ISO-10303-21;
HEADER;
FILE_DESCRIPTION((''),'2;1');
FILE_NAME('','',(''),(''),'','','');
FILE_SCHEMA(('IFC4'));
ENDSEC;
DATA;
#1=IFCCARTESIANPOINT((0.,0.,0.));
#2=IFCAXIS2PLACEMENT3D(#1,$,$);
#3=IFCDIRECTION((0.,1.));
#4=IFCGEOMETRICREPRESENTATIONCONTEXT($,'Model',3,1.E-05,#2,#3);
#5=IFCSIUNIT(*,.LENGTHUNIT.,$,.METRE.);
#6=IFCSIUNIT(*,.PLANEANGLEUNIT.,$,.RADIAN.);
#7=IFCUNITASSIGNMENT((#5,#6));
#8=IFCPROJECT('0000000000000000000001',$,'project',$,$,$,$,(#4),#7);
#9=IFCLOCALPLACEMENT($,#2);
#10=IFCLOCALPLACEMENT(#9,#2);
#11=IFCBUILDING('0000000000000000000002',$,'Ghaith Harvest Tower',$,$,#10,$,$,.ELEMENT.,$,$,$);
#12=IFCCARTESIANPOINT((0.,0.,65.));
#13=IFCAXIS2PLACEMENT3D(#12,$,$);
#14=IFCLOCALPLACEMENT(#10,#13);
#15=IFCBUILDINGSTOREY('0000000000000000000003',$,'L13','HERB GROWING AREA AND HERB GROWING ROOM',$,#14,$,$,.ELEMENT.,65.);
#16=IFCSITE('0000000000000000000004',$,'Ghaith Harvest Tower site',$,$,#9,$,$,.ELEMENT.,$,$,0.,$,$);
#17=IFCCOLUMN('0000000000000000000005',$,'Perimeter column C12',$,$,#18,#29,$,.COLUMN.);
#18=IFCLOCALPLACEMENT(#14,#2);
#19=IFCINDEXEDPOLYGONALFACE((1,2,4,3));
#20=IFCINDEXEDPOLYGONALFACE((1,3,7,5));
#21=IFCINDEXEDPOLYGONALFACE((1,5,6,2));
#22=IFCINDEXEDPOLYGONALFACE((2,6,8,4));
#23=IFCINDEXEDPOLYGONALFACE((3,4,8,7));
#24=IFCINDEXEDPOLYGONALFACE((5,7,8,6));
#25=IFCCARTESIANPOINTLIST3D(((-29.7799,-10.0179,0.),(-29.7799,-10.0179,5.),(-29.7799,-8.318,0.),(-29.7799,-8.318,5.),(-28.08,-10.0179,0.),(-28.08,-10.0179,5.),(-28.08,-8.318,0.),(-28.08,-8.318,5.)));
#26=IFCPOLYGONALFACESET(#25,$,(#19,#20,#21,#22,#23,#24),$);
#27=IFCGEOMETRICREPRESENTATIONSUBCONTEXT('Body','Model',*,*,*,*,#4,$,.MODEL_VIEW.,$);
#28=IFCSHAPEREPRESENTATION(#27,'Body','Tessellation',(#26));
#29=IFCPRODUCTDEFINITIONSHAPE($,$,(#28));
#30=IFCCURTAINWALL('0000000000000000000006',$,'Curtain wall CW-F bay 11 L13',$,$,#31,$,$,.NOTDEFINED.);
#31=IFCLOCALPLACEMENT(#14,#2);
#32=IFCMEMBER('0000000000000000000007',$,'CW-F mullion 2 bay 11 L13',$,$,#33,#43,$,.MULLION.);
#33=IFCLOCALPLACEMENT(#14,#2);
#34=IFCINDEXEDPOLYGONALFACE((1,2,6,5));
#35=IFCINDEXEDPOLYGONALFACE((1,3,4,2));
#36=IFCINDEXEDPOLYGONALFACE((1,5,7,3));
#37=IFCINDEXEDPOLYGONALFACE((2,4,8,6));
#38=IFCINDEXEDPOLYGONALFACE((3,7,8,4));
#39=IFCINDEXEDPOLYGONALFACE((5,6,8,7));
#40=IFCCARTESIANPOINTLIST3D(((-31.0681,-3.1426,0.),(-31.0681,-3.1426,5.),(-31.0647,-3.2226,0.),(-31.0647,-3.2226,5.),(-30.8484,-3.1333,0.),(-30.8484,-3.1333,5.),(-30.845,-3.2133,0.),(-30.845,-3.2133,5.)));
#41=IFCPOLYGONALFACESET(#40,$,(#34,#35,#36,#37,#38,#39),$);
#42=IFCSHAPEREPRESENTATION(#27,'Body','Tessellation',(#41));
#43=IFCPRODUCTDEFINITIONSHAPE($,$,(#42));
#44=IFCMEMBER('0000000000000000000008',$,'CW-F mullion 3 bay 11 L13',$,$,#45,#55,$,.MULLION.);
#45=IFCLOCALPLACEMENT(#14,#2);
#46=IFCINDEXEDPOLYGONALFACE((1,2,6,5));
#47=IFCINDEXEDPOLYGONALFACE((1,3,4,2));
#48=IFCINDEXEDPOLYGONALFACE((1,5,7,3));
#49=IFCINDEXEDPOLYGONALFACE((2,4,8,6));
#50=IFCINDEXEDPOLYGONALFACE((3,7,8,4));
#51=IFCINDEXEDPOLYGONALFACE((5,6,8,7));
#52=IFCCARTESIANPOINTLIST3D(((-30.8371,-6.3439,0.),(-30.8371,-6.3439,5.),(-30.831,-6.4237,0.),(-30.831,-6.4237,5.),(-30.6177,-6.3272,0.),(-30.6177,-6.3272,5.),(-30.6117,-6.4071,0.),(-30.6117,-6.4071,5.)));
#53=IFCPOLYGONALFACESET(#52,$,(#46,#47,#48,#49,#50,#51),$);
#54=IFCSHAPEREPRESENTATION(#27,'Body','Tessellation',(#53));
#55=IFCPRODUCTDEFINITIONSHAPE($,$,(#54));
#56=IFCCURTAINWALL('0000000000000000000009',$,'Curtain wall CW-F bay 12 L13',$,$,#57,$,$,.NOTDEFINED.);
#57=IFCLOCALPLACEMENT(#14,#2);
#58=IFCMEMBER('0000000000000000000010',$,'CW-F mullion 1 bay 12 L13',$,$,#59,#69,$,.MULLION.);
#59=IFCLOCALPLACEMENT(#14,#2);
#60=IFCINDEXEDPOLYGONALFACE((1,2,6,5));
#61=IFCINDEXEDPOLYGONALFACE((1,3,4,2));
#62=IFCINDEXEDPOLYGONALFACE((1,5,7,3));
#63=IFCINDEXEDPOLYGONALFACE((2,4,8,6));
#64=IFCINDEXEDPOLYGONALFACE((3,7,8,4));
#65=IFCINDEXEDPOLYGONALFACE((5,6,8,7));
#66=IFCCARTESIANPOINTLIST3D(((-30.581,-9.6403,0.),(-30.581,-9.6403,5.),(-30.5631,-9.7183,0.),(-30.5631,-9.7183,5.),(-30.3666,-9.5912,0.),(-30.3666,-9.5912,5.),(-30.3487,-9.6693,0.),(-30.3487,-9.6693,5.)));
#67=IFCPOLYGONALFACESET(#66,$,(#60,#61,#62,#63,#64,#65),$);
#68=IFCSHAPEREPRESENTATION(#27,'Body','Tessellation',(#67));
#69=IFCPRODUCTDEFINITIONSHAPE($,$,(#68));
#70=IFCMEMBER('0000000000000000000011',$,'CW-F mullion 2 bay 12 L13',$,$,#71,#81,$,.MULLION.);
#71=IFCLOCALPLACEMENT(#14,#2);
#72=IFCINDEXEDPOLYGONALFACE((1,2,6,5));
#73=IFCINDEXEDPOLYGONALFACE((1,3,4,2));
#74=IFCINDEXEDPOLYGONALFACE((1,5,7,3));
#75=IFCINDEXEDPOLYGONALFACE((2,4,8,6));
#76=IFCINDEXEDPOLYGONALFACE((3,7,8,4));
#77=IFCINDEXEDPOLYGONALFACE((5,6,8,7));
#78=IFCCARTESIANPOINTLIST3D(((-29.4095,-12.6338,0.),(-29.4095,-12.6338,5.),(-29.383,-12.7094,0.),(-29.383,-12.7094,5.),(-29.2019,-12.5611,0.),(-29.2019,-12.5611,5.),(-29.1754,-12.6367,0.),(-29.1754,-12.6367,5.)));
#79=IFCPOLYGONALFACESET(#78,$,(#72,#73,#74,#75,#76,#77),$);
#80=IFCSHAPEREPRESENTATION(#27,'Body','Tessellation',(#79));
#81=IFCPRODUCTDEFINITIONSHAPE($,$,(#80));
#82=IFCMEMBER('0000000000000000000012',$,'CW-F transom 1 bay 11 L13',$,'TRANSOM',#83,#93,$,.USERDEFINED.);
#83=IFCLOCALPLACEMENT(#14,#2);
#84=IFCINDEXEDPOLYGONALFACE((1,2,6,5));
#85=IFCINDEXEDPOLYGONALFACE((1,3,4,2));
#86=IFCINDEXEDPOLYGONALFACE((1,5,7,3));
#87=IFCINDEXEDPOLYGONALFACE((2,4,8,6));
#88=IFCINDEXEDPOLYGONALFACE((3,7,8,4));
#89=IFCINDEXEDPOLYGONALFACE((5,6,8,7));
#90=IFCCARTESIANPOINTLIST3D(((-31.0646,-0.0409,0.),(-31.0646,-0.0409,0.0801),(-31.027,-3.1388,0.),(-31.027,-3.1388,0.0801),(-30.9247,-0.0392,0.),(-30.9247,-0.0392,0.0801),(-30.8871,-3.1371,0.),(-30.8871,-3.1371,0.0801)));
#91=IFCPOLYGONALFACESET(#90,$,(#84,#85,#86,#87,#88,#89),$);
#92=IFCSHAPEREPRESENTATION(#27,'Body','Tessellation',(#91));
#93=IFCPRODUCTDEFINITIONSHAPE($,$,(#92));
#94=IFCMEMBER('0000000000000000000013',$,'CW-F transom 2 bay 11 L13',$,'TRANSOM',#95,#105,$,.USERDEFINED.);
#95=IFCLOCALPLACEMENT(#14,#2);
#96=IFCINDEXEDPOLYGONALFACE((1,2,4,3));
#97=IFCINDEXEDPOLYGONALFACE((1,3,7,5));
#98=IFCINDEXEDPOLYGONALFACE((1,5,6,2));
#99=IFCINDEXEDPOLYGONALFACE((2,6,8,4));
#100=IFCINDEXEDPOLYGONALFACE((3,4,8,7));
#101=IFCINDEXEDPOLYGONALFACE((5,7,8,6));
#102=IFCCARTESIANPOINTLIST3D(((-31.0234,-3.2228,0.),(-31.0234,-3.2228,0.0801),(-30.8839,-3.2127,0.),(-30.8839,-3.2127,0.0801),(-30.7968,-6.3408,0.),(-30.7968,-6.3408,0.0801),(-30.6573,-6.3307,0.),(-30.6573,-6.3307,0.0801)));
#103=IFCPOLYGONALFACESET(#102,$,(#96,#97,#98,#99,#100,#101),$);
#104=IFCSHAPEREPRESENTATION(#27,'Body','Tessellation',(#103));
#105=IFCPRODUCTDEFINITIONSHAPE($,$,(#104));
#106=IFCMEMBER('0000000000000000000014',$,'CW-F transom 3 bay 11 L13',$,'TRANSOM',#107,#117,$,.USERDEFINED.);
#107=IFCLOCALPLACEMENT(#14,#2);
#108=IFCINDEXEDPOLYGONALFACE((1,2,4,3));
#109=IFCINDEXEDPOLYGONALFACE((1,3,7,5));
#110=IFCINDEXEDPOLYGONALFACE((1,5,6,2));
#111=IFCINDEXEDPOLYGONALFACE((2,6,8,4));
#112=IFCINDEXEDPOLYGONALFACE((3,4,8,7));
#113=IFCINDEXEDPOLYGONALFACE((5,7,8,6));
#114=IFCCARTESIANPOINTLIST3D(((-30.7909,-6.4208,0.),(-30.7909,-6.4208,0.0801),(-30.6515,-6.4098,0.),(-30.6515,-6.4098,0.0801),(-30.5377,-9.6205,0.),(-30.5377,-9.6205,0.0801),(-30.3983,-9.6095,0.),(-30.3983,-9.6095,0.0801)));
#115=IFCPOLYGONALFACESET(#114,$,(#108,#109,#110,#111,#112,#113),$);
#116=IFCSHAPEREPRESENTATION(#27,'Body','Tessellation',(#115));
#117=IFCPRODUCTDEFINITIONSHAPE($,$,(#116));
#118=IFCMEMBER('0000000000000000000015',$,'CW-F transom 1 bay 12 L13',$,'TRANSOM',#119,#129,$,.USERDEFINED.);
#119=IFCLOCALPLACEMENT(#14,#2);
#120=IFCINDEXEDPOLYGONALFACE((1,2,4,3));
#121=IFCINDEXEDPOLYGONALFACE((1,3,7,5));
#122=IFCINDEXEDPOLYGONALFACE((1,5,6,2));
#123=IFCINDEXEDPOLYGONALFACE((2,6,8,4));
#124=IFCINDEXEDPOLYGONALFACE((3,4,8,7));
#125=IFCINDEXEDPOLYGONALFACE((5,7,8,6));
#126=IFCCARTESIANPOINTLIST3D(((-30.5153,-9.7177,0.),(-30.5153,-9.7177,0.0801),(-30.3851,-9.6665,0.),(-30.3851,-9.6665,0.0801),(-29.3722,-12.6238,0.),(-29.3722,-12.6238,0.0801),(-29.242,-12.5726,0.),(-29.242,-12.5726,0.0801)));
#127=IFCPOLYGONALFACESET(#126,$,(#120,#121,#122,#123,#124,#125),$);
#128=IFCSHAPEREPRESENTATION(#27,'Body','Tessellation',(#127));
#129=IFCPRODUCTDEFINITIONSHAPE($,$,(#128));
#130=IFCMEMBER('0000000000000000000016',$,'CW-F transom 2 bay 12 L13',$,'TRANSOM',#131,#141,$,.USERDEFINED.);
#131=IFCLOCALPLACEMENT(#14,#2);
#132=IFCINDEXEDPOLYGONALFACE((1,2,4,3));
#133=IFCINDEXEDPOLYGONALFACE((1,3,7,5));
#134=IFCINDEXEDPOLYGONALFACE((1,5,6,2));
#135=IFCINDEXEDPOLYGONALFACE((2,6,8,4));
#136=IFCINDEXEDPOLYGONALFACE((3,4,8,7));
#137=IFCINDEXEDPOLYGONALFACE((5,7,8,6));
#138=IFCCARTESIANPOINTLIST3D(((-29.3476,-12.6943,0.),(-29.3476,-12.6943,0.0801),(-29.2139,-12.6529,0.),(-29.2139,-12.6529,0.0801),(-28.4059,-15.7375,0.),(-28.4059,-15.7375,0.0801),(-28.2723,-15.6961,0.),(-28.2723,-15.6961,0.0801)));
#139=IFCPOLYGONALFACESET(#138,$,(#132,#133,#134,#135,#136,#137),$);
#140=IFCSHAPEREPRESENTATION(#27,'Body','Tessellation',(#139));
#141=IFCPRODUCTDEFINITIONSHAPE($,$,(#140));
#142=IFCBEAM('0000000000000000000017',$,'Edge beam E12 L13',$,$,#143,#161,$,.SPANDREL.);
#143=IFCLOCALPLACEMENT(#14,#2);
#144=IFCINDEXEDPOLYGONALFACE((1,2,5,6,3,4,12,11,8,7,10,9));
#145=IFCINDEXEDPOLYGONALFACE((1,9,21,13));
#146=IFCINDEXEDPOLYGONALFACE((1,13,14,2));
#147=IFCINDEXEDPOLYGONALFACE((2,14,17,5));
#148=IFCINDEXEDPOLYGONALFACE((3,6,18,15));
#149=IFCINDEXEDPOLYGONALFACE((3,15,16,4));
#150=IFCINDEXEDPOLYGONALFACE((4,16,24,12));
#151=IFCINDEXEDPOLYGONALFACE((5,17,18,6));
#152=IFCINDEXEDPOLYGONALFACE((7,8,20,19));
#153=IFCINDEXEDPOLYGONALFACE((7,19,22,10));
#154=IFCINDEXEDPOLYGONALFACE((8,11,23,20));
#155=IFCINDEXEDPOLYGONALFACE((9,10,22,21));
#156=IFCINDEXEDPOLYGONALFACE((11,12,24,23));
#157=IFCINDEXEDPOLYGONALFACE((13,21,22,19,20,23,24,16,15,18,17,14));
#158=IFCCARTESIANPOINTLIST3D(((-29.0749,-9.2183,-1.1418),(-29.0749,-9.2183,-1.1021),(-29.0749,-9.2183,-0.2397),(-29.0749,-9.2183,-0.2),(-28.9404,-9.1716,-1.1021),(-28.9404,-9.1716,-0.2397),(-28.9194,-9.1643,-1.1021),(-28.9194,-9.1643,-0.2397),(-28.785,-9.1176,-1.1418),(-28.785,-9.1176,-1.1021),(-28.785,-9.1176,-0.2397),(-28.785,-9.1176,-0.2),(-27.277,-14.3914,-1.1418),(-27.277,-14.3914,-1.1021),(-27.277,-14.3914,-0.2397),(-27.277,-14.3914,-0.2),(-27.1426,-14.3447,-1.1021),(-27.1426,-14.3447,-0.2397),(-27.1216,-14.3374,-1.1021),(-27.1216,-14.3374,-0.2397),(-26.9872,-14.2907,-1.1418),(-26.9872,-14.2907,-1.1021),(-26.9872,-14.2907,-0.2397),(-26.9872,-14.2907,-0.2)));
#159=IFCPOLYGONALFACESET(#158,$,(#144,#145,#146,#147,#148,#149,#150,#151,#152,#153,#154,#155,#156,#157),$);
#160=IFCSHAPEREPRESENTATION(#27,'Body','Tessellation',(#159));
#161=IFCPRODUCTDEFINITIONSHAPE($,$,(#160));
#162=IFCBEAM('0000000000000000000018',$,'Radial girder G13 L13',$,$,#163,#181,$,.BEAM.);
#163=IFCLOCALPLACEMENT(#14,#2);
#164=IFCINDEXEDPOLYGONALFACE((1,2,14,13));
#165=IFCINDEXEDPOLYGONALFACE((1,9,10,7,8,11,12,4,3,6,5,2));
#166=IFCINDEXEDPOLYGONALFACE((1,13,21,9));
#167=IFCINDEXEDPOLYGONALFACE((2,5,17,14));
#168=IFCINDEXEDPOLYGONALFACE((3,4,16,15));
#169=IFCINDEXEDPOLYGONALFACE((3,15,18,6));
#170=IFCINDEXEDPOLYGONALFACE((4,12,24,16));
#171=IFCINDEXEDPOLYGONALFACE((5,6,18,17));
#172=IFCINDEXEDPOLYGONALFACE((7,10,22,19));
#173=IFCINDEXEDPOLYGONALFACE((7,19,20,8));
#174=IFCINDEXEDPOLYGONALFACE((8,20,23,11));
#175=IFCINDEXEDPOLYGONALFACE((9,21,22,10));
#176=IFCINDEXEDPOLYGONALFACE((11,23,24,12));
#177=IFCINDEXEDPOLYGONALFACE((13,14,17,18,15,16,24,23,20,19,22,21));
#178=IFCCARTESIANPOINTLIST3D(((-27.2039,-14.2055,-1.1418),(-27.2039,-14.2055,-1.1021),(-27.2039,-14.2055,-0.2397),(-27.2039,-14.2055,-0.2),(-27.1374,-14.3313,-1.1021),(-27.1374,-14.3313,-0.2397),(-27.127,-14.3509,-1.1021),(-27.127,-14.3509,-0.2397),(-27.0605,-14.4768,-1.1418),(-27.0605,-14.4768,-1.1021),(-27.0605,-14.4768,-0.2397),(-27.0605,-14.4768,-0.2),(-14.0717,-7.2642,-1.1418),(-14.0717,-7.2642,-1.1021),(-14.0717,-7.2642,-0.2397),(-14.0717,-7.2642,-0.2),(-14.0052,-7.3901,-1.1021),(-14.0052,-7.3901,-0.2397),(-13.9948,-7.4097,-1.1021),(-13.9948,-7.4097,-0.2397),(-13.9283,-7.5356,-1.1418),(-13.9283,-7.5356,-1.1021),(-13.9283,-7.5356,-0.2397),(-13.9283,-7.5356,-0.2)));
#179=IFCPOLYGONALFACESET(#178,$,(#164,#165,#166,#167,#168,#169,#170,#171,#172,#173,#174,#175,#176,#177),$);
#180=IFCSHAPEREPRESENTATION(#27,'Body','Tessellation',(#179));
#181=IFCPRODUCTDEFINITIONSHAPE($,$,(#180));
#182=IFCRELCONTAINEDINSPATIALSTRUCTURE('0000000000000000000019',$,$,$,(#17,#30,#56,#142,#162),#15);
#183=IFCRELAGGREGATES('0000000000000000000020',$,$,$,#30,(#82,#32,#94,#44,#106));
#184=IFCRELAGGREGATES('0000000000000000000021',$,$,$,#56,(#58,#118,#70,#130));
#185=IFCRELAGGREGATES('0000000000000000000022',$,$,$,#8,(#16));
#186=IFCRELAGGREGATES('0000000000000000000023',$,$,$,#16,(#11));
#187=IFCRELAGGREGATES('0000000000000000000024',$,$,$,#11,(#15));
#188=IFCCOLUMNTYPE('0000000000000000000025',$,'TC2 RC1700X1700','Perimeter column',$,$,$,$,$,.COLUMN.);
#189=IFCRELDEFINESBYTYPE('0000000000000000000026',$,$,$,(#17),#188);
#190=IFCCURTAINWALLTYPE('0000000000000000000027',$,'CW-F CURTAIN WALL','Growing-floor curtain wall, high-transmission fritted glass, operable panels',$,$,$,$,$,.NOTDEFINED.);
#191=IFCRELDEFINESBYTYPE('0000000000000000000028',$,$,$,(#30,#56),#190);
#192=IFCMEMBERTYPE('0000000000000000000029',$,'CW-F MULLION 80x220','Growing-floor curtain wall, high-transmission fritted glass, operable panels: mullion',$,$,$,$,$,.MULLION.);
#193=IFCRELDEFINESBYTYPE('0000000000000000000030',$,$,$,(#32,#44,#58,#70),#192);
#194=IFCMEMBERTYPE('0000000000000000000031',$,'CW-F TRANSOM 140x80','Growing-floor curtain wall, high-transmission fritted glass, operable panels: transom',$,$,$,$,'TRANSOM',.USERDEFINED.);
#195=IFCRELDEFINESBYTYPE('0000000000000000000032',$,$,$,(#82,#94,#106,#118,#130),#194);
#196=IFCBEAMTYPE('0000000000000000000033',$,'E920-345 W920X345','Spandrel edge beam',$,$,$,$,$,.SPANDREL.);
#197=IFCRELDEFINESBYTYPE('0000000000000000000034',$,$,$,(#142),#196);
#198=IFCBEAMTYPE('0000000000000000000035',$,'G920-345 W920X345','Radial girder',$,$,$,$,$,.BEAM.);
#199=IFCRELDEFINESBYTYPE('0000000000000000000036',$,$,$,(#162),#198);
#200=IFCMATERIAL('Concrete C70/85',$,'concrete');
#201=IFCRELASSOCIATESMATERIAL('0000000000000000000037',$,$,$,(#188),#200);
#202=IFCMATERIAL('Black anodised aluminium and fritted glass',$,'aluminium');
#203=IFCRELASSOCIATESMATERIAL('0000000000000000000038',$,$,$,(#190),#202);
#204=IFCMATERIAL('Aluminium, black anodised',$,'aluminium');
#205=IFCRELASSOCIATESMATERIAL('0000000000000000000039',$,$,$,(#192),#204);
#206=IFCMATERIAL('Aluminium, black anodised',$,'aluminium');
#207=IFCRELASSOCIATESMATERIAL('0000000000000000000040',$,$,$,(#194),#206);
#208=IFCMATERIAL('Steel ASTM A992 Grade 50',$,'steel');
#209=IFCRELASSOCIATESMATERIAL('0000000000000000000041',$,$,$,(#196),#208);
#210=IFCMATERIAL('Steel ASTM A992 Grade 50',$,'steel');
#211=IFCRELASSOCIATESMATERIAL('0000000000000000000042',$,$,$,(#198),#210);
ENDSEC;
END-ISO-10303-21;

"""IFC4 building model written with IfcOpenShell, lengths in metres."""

from ifc_helpers import new_model, si_unit, direction, frame, origin, origin_2d, place, context, subcontext, project, spatial, rectangle, i_section, extrude, material, material_profile, profile_set, type_object, element, aggregate, save


model = new_model("IFC4")

# Units and contexts
model_context = context("Model", 3, precision=1e-05, world=origin(), true_north=direction((0.0, 1.0)))
body_context = subcontext(model_context, "Body", "Model", "MODEL_VIEW")
ifc_project = project(units=[si_unit("LENGTHUNIT", "METRE"), si_unit("PLANEANGLEUNIT", "RADIAN")], contexts=[model_context])

# Site, building, storey
site_placement = place(None, origin())
site = spatial("IfcSite", under=ifc_project, at=site_placement, Name="Ghaith Harvest Tower site", CompositionType="ELEMENT", RefElevation=0.0)
building_placement = place(site_placement, origin())
building = spatial("IfcBuilding", under=site, at=building_placement, Name="Ghaith Harvest Tower", CompositionType="ELEMENT")
storey_placement = place(building_placement, frame((0.0, 0.0, 65.0)))
storey = spatial("IfcBuildingStorey", under=building, at=storey_placement, Name="L13", Description="HERB GROWING AREA AND HERB GROWING ROOM", CompositionType="ELEMENT", Elevation=65.0)

# Column
ifc_material_1 = material(Name="Concrete C70/85", Category="concrete")
ifc_material_profile_1 = material_profile(ifc_material_1, rectangle(XDim=1.7, YDim=1.7, at=origin_2d()), Name="RC1700X1700")
ifc_profile_set_1 = profile_set([ifc_material_profile_1], Name="Concrete C70/85")
column_type = type_object("IfcColumnType", Name="TC2 RC1700X1700", Description="Perimeter column", PredefinedType="COLUMN", material=ifc_profile_set_1)
column_placement = place(storey_placement, frame((-28.9299, -9.168, 0.0), z_axis=(0.0, 0.0, 1.0), x_axis=(1.0, 0.0, 0.0)))
element("IfcColumn", 1, at=column_placement, inside=storey, type_object=column_type, Name="Perimeter column C12", PredefinedType="COLUMN", context=body_context, shape_type="SweptSolid", body=[
    extrude(rectangle(XDim=1.7, YDim=1.7, at=origin_2d()), origin(), (0.0, 0.0, 1.0), 5.0),
])

# Curtain walls, members
ifc_material_2 = material(Name="Black anodised aluminium and fritted glass", Category="aluminium")
curtain_wall_type = type_object("IfcCurtainWallType", Name="CW-F CURTAIN WALL", Description="Growing-floor curtain wall, high-transmission fritted glass, operable panels", PredefinedType="NOTDEFINED", material=ifc_material_2)
curtain_wall_1_placement = place(storey_placement, origin())
curtain_wall_1 = element("IfcCurtainWall", 2, at=curtain_wall_1_placement, inside=storey, type_object=curtain_wall_type, Name="Curtain wall CW-F bay 11 L13", PredefinedType="NOTDEFINED")
ifc_material_3 = material(Name="Aluminium, black anodised", Category="aluminium")
ifc_material_profile_2 = material_profile(ifc_material_3, rectangle(XDim=0.0801, YDim=0.22, at=origin_2d()), Name="CW-F MULLION 80x220")
ifc_profile_set_2 = profile_set([ifc_material_profile_2], Name="Aluminium, black anodised")
member_type_1 = type_object("IfcMemberType", Name="CW-F MULLION 80x220", Description="Growing-floor curtain wall, high-transmission fritted glass, operable panels: mullion", PredefinedType="MULLION", material=ifc_profile_set_2)
member_1_placement = place(storey_placement, frame((-30.9565, -3.178, 0.0), z_axis=(0.0, 0.0, 1.0), x_axis=(0.042427, -0.9991, 0.0)))
member_1 = element("IfcMember", 3, at=member_1_placement, type_object=member_type_1, Name="CW-F mullion 2 bay 11 L13", PredefinedType="MULLION", context=body_context, shape_type="SweptSolid", body=[
    extrude(rectangle(XDim=0.0801, YDim=0.22, at=origin_2d()), origin(), (0.0, 0.0, 1.0), 5.0),
])
member_2_placement = place(storey_placement, frame((-30.7244, -6.3755, 0.0), z_axis=(0.0, 0.0, 1.0), x_axis=(0.075686, -0.997132, 0.0)))
member_2 = element("IfcMember", 4, at=member_2_placement, type_object=member_type_1, Name="CW-F mullion 3 bay 11 L13", PredefinedType="MULLION", context=body_context, shape_type="SweptSolid", body=[
    extrude(rectangle(XDim=0.0801, YDim=0.22, at=origin_2d()), origin(), (0.0, 0.0, 1.0), 5.0),
])
curtain_wall_2_placement = place(storey_placement, origin())
curtain_wall_2 = element("IfcCurtainWall", 5, at=curtain_wall_2_placement, inside=storey, type_object=curtain_wall_type, Name="Curtain wall CW-F bay 12 L13", PredefinedType="NOTDEFINED")
member_3_placement = place(storey_placement, frame((-30.4648, -9.6548, 0.0), z_axis=(0.0, 0.0, 1.0), x_axis=(0.222967, -0.974826, 0.0)))
member_3 = element("IfcMember", 6, at=member_3_placement, type_object=member_type_1, Name="CW-F mullion 1 bay 12 L13", PredefinedType="MULLION", context=body_context, shape_type="SweptSolid", body=[
    extrude(rectangle(XDim=0.0801, YDim=0.22, at=origin_2d()), origin(), (0.0, 0.0, 1.0), 5.0),
])
member_4_placement = place(storey_placement, frame((-29.2925, -12.6353, 0.0), z_axis=(0.0, 0.0, 1.0), x_axis=(0.330701, -0.943736, 0.0)))
member_4 = element("IfcMember", 7, at=member_4_placement, type_object=member_type_1, Name="CW-F mullion 2 bay 12 L13", PredefinedType="MULLION", context=body_context, shape_type="SweptSolid", body=[
    extrude(rectangle(XDim=0.0801, YDim=0.22, at=origin_2d()), origin(), (0.0, 0.0, 1.0), 5.0),
])

# Members
ifc_material_4 = material(Name="Aluminium, black anodised", Category="aluminium")
ifc_material_profile_3 = material_profile(ifc_material_4, rectangle(XDim=0.1399, YDim=0.0801, at=origin_2d()), Name="CW-F TRANSOM 140x80")
ifc_profile_set_3 = profile_set([ifc_material_profile_3], Name="Aluminium, black anodised")
member_type_2 = type_object("IfcMemberType", Name="CW-F TRANSOM 140x80", Description="Growing-floor curtain wall, high-transmission fritted glass, operable panels: transom", ElementType="TRANSOM", PredefinedType="USERDEFINED", material=ifc_profile_set_3)
member_5_placement = place(storey_placement, frame((-30.9946, -0.04, 0.04), z_axis=(0.012136, -0.999926, 0.0), x_axis=(0.999926, 0.012136, 0.0)))
member_5 = element("IfcMember", 8, at=member_5_placement, type_object=member_type_2, Name="CW-F transom 1 bay 11 L13", ObjectType="TRANSOM", PredefinedType="USERDEFINED", context=body_context, shape_type="SweptSolid", body=[
    extrude(rectangle(XDim=0.1399, YDim=0.0801, at=origin_2d()), origin(), (0.0, 0.0, 1.0), 3.0981),
])
member_6_placement = place(storey_placement, frame((-30.9536, -3.2178, 0.04), z_axis=(0.072474, -0.99737, 0.0), x_axis=(0.99737, 0.072474, 0.0)))
member_6 = element("IfcMember", 9, at=member_6_placement, type_object=member_type_2, Name="CW-F transom 2 bay 11 L13", ObjectType="TRANSOM", PredefinedType="USERDEFINED", context=body_context, shape_type="SweptSolid", body=[
    extrude(rectangle(XDim=0.1399, YDim=0.0801, at=origin_2d()), origin(), (0.0, 0.0, 1.0), 3.1262),
])
member_7_placement = place(storey_placement, frame((-30.7212, -6.4153, 0.04), z_axis=(0.078878, -0.996884, 0.0), x_axis=(0.996884, 0.078878, 0.0)))
member_7 = element("IfcMember", 10, at=member_7_placement, type_object=member_type_2, Name="CW-F transom 3 bay 11 L13", ObjectType="TRANSOM", PredefinedType="USERDEFINED", context=body_context, shape_type="SweptSolid", body=[
    extrude(rectangle(XDim=0.1399, YDim=0.0801, at=origin_2d()), origin(), (0.0, 0.0, 1.0), 3.2097),
])
member_8_placement = place(storey_placement, frame((-30.4502, -9.6921, 0.04), z_axis=(0.366047, -0.930597, 0.0), x_axis=(0.930597, 0.366047, 0.0)))
member_8 = element("IfcMember", 11, at=member_8_placement, type_object=member_type_2, Name="CW-F transom 1 bay 12 L13", ObjectType="TRANSOM", PredefinedType="USERDEFINED", context=body_context, shape_type="SweptSolid", body=[
    extrude(rectangle(XDim=0.1399, YDim=0.0801, at=origin_2d()), origin(), (0.0, 0.0, 1.0), 3.1228),
])
member_9_placement = place(storey_placement, frame((-29.2808, -12.6736, 0.04), z_axis=(0.295599, -0.955312, 0.0), x_axis=(0.955312, 0.295599, 0.0)))
member_9 = element("IfcMember", 12, at=member_9_placement, type_object=member_type_2, Name="CW-F transom 2 bay 12 L13", ObjectType="TRANSOM", PredefinedType="USERDEFINED", context=body_context, shape_type="SweptSolid", body=[
    extrude(rectangle(XDim=0.1399, YDim=0.0801, at=origin_2d()), origin(), (0.0, 0.0, 1.0), 3.1855),
])

# Beams
ifc_material_5 = material(Name="Steel ASTM A992 Grade 50", Category="steel")
ifc_material_profile_4 = material_profile(ifc_material_5, i_section(OverallWidth=0.3069, OverallDepth=0.9419, WebThickness=0.0222, FlangeThickness=0.0398, at=origin_2d()), Name="W920X345")
ifc_profile_set_4 = profile_set([ifc_material_profile_4], Name="Steel ASTM A992 Grade 50")
beam_type_1 = type_object("IfcBeamType", Name="E920-345 W920X345", Description="Spandrel edge beam", PredefinedType="SPANDREL", material=ifc_profile_set_4)
beam_1_placement = place(storey_placement, frame((-28.9299, -9.168, -0.6709), z_axis=(0.328279, -0.944581, 0.0), x_axis=(0.944581, 0.328279, 0.0)))
element("IfcBeam", 13, at=beam_1_placement, inside=storey, type_object=beam_type_1, Name="Edge beam E12 L13", PredefinedType="SPANDREL", context=body_context, shape_type="SweptSolid", body=[
    extrude(i_section(OverallWidth=0.3069, OverallDepth=0.9419, WebThickness=0.0222, FlangeThickness=0.0398, at=origin_2d()), origin(), (0.0, 0.0, 1.0), 5.4766),
])
ifc_material_6 = material(Name="Steel ASTM A992 Grade 50", Category="steel")
ifc_material_profile_5 = material_profile(ifc_material_6, i_section(OverallWidth=0.3069, OverallDepth=0.9419, WebThickness=0.0222, FlangeThickness=0.0398, at=origin_2d()), Name="W920X345")
ifc_profile_set_5 = profile_set([ifc_material_profile_5], Name="Steel ASTM A992 Grade 50")
beam_type_2 = type_object("IfcBeamType", Name="G920-345 W920X345", Description="Radial girder", PredefinedType="BEAM", material=ifc_profile_set_5)
beam_2_placement = place(storey_placement, frame((-14.0, -7.3999, -0.6709), z_axis=(-0.884097, -0.467303, 0.0), x_axis=(0.467303, -0.884097, 0.0)))
element("IfcBeam", 14, at=beam_2_placement, inside=storey, type_object=beam_type_2, Name="Radial girder G13 L13", PredefinedType="BEAM", context=body_context, shape_type="SweptSolid", body=[
    extrude(i_section(OverallWidth=0.3069, OverallDepth=0.9419, WebThickness=0.0222, FlangeThickness=0.0398, at=origin_2d()), origin(), (0.0, 0.0, 1.0), 14.8538),
])

aggregate(curtain_wall_1, [member_5, member_1, member_6, member_2, member_7])
aggregate(curtain_wall_2, [member_3, member_8, member_4, member_9])

save(model, "model.ifc")
